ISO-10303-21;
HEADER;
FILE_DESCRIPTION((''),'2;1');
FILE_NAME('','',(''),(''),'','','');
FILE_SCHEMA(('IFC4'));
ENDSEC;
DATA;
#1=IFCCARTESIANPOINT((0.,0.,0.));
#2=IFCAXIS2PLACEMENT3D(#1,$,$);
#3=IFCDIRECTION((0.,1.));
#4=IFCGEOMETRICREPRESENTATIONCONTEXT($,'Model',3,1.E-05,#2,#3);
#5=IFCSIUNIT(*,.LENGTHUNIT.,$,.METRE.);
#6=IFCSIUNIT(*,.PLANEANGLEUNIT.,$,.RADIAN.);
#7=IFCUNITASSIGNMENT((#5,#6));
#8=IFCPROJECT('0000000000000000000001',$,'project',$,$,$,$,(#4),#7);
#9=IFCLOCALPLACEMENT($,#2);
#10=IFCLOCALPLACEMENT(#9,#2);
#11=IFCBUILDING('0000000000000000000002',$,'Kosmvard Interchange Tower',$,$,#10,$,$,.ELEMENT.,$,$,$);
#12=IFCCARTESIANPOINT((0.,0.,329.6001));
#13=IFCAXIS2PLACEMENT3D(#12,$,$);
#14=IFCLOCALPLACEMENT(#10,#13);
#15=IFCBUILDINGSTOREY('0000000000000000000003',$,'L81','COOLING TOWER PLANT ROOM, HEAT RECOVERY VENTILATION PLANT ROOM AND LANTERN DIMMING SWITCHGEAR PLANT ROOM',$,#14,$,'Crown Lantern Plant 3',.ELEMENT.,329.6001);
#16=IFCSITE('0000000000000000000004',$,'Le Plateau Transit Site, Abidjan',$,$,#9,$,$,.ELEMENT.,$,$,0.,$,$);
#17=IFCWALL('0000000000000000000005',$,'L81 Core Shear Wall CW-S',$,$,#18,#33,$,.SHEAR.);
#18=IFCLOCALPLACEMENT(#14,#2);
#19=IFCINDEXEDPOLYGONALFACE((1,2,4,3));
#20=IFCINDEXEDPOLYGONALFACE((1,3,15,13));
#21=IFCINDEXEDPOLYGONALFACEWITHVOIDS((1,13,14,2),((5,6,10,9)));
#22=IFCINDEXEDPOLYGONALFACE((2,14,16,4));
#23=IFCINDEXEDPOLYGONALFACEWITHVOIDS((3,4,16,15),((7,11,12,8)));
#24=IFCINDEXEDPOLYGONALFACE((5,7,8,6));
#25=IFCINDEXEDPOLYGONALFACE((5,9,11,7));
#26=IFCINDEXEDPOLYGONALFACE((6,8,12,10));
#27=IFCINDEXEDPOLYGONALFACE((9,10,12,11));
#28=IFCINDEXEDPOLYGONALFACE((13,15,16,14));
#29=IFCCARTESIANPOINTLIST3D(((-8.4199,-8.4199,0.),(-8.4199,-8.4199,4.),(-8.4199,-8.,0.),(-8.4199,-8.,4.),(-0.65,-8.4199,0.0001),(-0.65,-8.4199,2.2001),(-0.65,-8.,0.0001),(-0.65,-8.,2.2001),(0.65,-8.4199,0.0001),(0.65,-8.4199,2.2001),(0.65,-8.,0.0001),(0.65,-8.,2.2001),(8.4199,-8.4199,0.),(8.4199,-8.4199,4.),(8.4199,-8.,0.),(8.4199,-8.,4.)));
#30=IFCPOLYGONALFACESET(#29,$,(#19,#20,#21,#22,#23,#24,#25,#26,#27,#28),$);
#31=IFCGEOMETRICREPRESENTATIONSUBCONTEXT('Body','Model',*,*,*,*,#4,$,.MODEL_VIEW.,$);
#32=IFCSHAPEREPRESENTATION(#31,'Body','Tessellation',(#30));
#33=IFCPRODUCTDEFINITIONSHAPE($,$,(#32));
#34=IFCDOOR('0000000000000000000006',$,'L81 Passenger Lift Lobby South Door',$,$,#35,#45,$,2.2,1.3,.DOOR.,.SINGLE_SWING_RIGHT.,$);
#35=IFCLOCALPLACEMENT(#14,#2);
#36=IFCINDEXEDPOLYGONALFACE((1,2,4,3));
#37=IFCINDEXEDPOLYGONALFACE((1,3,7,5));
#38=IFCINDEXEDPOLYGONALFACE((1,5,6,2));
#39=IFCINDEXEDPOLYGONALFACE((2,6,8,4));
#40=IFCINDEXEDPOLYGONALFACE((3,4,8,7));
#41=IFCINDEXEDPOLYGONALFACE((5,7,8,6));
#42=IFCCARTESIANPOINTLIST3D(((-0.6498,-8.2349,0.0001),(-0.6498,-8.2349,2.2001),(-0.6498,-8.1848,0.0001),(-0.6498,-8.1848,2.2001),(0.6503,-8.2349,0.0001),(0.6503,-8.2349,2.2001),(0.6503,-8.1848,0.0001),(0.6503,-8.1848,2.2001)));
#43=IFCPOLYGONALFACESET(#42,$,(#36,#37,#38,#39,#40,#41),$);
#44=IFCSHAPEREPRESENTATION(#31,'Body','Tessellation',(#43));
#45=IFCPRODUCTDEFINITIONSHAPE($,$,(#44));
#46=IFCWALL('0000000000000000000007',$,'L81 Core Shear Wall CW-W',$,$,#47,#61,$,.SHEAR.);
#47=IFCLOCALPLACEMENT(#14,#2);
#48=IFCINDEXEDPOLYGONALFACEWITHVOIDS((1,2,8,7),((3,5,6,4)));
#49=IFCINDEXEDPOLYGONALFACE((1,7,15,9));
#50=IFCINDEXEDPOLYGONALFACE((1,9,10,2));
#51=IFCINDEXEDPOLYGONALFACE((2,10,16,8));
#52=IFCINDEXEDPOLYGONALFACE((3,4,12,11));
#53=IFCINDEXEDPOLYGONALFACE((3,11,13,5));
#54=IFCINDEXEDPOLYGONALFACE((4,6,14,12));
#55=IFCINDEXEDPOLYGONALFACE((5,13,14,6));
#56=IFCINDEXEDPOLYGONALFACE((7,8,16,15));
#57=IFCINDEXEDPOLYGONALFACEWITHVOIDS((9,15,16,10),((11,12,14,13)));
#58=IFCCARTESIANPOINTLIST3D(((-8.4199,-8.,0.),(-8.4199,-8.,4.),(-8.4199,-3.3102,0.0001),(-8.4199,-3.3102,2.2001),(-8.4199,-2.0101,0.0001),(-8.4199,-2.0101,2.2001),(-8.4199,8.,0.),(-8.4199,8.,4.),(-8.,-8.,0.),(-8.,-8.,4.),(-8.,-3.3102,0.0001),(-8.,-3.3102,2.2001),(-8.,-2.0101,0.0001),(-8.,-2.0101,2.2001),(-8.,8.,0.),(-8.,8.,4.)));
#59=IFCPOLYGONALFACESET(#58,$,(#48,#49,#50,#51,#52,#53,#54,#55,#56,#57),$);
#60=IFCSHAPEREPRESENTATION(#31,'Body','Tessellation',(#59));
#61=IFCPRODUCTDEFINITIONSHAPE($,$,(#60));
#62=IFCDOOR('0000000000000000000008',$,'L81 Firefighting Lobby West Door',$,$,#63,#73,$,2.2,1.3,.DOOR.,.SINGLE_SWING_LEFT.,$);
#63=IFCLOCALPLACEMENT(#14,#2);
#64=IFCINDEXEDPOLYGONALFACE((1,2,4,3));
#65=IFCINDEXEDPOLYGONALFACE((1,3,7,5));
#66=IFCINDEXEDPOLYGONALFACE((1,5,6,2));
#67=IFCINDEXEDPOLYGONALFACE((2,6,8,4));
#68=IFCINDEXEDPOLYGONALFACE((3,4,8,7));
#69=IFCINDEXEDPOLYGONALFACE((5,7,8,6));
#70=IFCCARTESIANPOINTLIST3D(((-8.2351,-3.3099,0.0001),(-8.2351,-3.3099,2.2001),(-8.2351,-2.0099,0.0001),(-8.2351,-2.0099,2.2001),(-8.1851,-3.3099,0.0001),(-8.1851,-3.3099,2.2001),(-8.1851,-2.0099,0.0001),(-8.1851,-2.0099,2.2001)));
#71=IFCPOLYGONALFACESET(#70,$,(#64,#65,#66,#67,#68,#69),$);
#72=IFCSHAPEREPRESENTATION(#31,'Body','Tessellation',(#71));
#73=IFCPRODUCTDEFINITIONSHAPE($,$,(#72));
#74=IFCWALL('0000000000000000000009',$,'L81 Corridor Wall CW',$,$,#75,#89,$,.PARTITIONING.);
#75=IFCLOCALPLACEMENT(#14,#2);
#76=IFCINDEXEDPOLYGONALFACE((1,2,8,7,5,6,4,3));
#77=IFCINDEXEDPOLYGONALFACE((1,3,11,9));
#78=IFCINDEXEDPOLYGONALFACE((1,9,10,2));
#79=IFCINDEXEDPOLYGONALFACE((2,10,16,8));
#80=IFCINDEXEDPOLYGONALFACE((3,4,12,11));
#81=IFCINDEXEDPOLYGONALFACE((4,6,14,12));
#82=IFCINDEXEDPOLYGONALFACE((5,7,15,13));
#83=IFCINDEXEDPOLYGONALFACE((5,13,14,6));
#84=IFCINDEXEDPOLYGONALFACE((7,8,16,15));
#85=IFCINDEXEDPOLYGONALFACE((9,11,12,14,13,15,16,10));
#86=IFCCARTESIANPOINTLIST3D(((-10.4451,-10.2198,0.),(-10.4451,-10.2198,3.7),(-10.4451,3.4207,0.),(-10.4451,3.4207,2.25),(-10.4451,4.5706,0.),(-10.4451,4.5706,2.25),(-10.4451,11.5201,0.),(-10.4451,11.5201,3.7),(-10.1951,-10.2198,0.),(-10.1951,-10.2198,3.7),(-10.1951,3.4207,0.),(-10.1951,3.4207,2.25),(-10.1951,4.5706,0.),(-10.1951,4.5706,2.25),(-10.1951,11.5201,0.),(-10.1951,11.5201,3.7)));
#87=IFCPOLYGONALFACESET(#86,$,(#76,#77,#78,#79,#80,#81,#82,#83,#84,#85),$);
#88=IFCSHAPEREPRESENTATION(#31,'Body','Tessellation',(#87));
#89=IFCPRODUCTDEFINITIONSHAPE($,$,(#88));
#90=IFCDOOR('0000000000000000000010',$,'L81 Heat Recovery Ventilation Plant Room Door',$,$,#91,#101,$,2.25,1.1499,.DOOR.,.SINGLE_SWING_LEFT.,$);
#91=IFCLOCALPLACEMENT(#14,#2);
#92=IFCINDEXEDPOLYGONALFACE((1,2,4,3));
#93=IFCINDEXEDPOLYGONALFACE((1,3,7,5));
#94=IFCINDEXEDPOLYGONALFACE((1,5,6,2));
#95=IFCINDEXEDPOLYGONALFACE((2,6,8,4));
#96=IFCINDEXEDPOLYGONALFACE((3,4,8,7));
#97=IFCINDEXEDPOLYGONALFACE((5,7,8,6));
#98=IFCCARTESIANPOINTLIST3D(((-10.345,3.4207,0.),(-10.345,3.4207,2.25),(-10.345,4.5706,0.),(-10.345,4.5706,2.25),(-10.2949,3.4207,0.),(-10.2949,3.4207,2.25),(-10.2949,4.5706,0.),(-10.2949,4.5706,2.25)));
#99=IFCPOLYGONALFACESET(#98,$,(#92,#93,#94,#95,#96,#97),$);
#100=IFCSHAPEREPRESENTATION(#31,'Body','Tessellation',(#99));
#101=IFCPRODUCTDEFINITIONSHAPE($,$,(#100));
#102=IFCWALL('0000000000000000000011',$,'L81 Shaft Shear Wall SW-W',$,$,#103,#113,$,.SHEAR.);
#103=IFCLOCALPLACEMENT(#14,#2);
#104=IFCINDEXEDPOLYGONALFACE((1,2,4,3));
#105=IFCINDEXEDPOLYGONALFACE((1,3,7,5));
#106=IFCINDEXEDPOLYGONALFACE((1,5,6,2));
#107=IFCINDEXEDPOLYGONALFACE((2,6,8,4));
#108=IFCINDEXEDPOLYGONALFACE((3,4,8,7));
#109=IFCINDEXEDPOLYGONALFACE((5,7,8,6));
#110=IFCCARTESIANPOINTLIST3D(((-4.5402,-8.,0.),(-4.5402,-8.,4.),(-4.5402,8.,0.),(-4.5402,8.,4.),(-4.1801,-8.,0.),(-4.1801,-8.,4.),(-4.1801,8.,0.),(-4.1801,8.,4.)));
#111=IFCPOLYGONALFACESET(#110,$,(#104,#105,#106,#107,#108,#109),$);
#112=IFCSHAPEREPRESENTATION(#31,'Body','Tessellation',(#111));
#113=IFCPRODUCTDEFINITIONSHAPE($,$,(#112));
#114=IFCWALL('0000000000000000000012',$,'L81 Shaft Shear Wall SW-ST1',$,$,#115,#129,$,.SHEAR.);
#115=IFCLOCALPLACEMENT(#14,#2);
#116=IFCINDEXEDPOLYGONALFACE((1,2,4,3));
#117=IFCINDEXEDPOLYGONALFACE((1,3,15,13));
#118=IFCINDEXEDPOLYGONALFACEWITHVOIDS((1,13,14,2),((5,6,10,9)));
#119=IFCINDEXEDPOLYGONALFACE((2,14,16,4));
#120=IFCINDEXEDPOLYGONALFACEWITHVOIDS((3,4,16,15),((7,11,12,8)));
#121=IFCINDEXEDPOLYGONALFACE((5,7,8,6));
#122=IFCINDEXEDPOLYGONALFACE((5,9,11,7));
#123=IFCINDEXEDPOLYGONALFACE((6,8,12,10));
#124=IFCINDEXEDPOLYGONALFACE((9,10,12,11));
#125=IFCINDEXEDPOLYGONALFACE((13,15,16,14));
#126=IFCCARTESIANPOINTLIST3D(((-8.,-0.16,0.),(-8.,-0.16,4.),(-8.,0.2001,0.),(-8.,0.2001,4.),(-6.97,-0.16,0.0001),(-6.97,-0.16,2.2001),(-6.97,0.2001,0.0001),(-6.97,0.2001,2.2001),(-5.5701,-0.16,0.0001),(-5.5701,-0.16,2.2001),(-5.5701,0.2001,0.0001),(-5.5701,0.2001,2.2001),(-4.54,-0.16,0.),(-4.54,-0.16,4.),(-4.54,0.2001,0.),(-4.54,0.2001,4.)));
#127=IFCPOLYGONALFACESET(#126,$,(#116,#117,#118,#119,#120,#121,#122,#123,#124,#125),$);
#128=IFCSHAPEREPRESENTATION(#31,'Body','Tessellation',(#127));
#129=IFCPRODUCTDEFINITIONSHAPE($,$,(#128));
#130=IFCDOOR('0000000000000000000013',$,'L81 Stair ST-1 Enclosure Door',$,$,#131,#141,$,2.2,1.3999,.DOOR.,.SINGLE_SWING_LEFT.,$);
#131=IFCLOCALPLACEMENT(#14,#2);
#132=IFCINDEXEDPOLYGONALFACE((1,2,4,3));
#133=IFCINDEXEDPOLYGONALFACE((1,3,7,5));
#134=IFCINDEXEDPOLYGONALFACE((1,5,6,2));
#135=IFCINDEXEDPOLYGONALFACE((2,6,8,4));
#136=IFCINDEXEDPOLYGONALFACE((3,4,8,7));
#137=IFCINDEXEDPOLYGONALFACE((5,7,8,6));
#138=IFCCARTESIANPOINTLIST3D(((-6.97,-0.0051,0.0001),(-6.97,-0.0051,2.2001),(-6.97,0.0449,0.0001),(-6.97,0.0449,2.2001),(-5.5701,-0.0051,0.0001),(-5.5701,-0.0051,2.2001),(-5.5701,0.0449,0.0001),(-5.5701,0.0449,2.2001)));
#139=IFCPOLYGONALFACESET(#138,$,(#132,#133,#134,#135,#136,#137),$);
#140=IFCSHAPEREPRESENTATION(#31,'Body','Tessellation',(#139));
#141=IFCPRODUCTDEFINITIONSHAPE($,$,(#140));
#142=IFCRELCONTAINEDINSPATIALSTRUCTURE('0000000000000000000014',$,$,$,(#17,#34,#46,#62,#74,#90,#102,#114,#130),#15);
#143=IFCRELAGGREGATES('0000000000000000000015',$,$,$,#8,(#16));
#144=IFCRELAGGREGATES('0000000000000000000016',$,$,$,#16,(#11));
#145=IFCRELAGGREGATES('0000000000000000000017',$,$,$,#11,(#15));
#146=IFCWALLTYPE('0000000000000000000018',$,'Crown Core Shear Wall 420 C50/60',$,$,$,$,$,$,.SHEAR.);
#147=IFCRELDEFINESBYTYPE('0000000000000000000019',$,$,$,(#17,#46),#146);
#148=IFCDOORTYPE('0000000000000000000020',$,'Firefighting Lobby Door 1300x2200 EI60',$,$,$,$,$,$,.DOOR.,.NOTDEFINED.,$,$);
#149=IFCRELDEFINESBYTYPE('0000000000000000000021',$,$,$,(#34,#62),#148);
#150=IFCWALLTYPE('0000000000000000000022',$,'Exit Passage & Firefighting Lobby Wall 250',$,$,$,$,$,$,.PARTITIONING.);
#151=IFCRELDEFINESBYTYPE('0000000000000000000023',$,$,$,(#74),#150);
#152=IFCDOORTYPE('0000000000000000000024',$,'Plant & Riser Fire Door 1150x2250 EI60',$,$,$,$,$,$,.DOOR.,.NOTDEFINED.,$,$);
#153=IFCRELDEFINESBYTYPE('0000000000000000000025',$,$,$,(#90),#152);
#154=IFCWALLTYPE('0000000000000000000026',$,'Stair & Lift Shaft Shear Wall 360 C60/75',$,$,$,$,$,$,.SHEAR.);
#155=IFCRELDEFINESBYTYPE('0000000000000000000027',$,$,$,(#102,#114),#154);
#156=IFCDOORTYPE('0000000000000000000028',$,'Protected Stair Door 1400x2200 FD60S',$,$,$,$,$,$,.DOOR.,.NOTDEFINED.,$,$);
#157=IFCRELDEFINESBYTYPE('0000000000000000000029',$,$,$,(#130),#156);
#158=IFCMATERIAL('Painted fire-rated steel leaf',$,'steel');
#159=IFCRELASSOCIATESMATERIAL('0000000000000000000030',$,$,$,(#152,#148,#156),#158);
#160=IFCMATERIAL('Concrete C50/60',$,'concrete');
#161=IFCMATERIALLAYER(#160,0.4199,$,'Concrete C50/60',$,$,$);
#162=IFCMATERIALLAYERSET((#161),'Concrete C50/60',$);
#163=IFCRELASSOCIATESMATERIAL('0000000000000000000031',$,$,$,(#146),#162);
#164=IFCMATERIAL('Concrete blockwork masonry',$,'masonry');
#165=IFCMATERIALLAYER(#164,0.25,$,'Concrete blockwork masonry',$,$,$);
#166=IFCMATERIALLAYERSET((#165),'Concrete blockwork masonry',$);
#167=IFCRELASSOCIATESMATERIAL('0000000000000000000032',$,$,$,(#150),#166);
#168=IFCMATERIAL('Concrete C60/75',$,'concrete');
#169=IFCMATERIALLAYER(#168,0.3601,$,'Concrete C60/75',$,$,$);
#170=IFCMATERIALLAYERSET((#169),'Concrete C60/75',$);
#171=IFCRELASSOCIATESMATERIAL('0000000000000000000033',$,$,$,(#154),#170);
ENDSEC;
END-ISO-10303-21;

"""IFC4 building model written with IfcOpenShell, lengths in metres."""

from ifc_helpers import new_model, si_unit, direction, frame, frame_2d, origin, place, context, subcontext, project, spatial, rectangle, extrude, source, transform, mapped, material, layer, layer_set, type_object, element, fill, save


model = new_model("IFC4")

# Units and contexts
model_context = context("Model", 3, precision=1e-05, world=origin(), true_north=direction((0.0, 1.0)))
body_context = subcontext(model_context, "Body", "Model", "MODEL_VIEW")
ifc_project = project(units=[si_unit("LENGTHUNIT", "METRE"), si_unit("PLANEANGLEUNIT", "RADIAN")], contexts=[model_context])

# Site, building, storey
site_placement = place(None, origin())
site = spatial("IfcSite", under=ifc_project, at=site_placement, Name="Le Plateau Transit Site, Abidjan", CompositionType="ELEMENT", RefElevation=0.0)
building_placement = place(site_placement, origin())
building = spatial("IfcBuilding", under=site, at=building_placement, Name="Kosmvard Interchange Tower", CompositionType="ELEMENT")
storey_placement = place(building_placement, frame((0.0, 0.0, 329.6001)))
storey = spatial("IfcBuildingStorey", under=building, at=storey_placement, Name="L81", Description="COOLING TOWER PLANT ROOM, HEAT RECOVERY VENTILATION PLANT ROOM AND LANTERN DIMMING SWITCHGEAR PLANT ROOM", LongName="Crown Lantern Plant 3", CompositionType="ELEMENT", Elevation=329.6001)

# Shared definitions
ifc_material_1 = material(Name="Concrete C50/60", Category="concrete")

# Shared definitions
ifc_material_2 = material(Name="Painted fire-rated steel leaf", Category="steel")
door_type_1 = type_object("IfcDoorType", Name="Plant & Riser Fire Door 1150x2250 EI60", OperationType="NOTDEFINED", PredefinedType="DOOR", material=ifc_material_2)
shared_shape_1 = source(origin(), body_context, "Body", "SweptSolid", [
    extrude(rectangle(XDim=1.1499, YDim=2.25, at=frame_2d((0.575, 1.125))), frame((0.0, 0.0249, 0.0), z_axis=(0.0, -1.0, 0.0), x_axis=(1.0, 0.0, 0.0)), (0.0, 0.0, 1.0), 0.05),
])

# Walls, openings, doors
ifc_layer_1 = layer(ifc_material_1, 0.4199, Name="Concrete C50/60")
ifc_layer_set_1 = layer_set([ifc_layer_1], Name="Concrete C50/60")
wall_type_1 = type_object("IfcWallType", Name="Crown Core Shear Wall 420 C50/60", PredefinedType="SHEAR", material=ifc_layer_set_1)
wall_1_placement = place(storey_placement, frame((-8.4199, -8.21, 0.0), z_axis=(0.0, 0.0, 1.0), x_axis=(1.0, 0.0, 0.0)))
wall_1 = element("IfcWall", 1, at=wall_1_placement, inside=storey, type_object=wall_type_1, Name="L81 Core Shear Wall CW-S", PredefinedType="SHEAR", context=body_context, shape_type="SweptSolid", body=[
    extrude(rectangle(XDim=16.8398, YDim=0.4199, at=frame_2d((8.4199, 0.0))), origin(), (0.0, 0.0, 1.0), 4.0),
])
opening_1_placement = place(wall_1_placement, frame((7.77, 0.0, 0.0)))
opening_1 = element("IfcOpeningElement", 2, at=opening_1_placement, cuts=wall_1, PredefinedType="OPENING", context=body_context, shape_type="SweptSolid", body=[
    extrude(rectangle(XDim=1.3, YDim=2.2, at=frame_2d((0.6499, 1.1001))), frame((0.0, 0.22, 0.0), z_axis=(0.0, -1.0, 0.0), x_axis=(1.0, 0.0, 0.0)), (0.0, 0.0, 1.0), 0.4399),
])
door_type_2 = type_object("IfcDoorType", Name="Firefighting Lobby Door 1300x2200 EI60", OperationType="NOTDEFINED", PredefinedType="DOOR", material=ifc_material_2)
shared_shape_2 = source(origin(), body_context, "Body", "SweptSolid", [
    extrude(rectangle(XDim=1.3, YDim=2.2, at=frame_2d((0.6499, 1.1001))), frame((0.0, 0.0249, 0.0), z_axis=(0.0, -1.0, 0.0), x_axis=(1.0, 0.0, 0.0)), (0.0, 0.0, 1.0), 0.05),
])
door_1_placement = place(opening_1_placement, frame((1.3, 0.0, 0.0), z_axis=(0.0, 0.0, 1.0), x_axis=(-1.0, 0.0, 0.0)))
door_1 = element("IfcDoor", 3, at=door_1_placement, inside=storey, type_object=door_type_2, Name="L81 Passenger Lift Lobby South Door", OperationType="SINGLE_SWING_RIGHT", OverallHeight=2.2, OverallWidth=1.3, PredefinedType="DOOR", context=body_context, shape_type="MappedRepresentation", body=[
    mapped(shared_shape_2, transform((0.0, 0.0, 0.0), scale=1.0)),
])
fill(opening_1, door_1)
wall_2_placement = place(storey_placement, frame((-8.21, -8.0, 0.0), z_axis=(0.0, 0.0, 1.0), x_axis=(0.0, 1.0, 0.0)))
wall_2 = element("IfcWall", 4, at=wall_2_placement, inside=storey, type_object=wall_type_1, Name="L81 Core Shear Wall CW-W", PredefinedType="SHEAR", context=body_context, shape_type="SweptSolid", body=[
    extrude(rectangle(XDim=16.0, YDim=0.4199, at=frame_2d((8.0, 0.0))), origin(), (0.0, 0.0, 1.0), 4.0),
])
opening_2_placement = place(wall_2_placement, frame((4.6899, 0.0, 0.0)))
opening_2 = element("IfcOpeningElement", 5, at=opening_2_placement, cuts=wall_2, PredefinedType="OPENING", context=body_context, shape_type="SweptSolid", body=[
    extrude(rectangle(XDim=1.3, YDim=2.2, at=frame_2d((0.6499, 1.1001))), frame((0.0, 0.22, 0.0), z_axis=(0.0, -1.0, 0.0), x_axis=(1.0, 0.0, 0.0)), (0.0, 0.0, 1.0), 0.4399),
])
door_2_placement = place(opening_2_placement, frame((1.3, 0.0, 0.0), z_axis=(0.0, 0.0, 1.0), x_axis=(-1.0, 0.0, 0.0)))
door_2 = element("IfcDoor", 6, at=door_2_placement, inside=storey, type_object=door_type_2, Name="L81 Firefighting Lobby West Door", OperationType="SINGLE_SWING_LEFT", OverallHeight=2.2, OverallWidth=1.3, PredefinedType="DOOR", context=body_context, shape_type="MappedRepresentation", body=[
    mapped(shared_shape_2, transform((0.0, 0.0, 0.0), scale=1.0)),
])
fill(opening_2, door_2)
ifc_material_3 = material(Name="Concrete blockwork masonry", Category="masonry")
ifc_layer_2 = layer(ifc_material_3, 0.25, Name="Concrete blockwork masonry")
ifc_layer_set_2 = layer_set([ifc_layer_2], Name="Concrete blockwork masonry")
wall_type_2 = type_object("IfcWallType", Name="Exit Passage & Firefighting Lobby Wall 250", PredefinedType="PARTITIONING", material=ifc_layer_set_2)
wall_3_placement = place(storey_placement, frame((-10.3201, -10.22, 0.0), z_axis=(0.0, 0.0, 1.0), x_axis=(0.0, 1.0, 0.0)))
wall_3 = element("IfcWall", 7, at=wall_3_placement, inside=storey, type_object=wall_type_2, Name="L81 Corridor Wall CW", PredefinedType="PARTITIONING", context=body_context, shape_type="SweptSolid", body=[
    extrude(rectangle(XDim=21.74, YDim=0.25, at=frame_2d((10.8701, 0.0))), origin(), (0.0, 0.0, 1.0), 3.7),
])
opening_3_placement = place(wall_3_placement, frame((13.6406, 0.0, 0.0)))
opening_3 = element("IfcOpeningElement", 8, at=opening_3_placement, cuts=wall_3, PredefinedType="OPENING", context=body_context, shape_type="SweptSolid", body=[
    extrude(rectangle(XDim=1.1499, YDim=2.25, at=frame_2d((0.575, 1.125))), frame((0.0, 0.135, 0.0), z_axis=(0.0, -1.0, 0.0), x_axis=(1.0, 0.0, 0.0)), (0.0, 0.0, 1.0), 0.27),
])
door_3_placement = place(opening_3_placement, origin())
door_3 = element("IfcDoor", 9, at=door_3_placement, inside=storey, type_object=door_type_1, Name="L81 Heat Recovery Ventilation Plant Room Door", OperationType="SINGLE_SWING_LEFT", OverallHeight=2.25, OverallWidth=1.1499, PredefinedType="DOOR", context=body_context, shape_type="MappedRepresentation", body=[
    mapped(shared_shape_1, transform((0.0, 0.0, 0.0), scale=1.0)),
])
fill(opening_3, door_3)

# Wall
ifc_material_4 = material(Name="Concrete C60/75", Category="concrete")
ifc_layer_3 = layer(ifc_material_4, 0.3601, Name="Concrete C60/75")
ifc_layer_set_3 = layer_set([ifc_layer_3], Name="Concrete C60/75")
wall_type_3 = type_object("IfcWallType", Name="Stair & Lift Shaft Shear Wall 360 C60/75", PredefinedType="SHEAR", material=ifc_layer_set_3)
wall_4_placement = place(storey_placement, frame((-4.3601, -8.0, 0.0), z_axis=(0.0, 0.0, 1.0), x_axis=(0.0, 1.0, 0.0)))
element("IfcWall", 10, at=wall_4_placement, inside=storey, type_object=wall_type_3, Name="L81 Shaft Shear Wall SW-W", PredefinedType="SHEAR", context=body_context, shape_type="SweptSolid", body=[
    extrude(rectangle(XDim=16.0, YDim=0.3601, at=frame_2d((8.0, 0.0))), origin(), (0.0, 0.0, 1.0), 4.0),
])

# Wall, opening, door
wall_5_placement = place(storey_placement, frame((-8.0, 0.02, 0.0), z_axis=(0.0, 0.0, 1.0), x_axis=(1.0, 0.0, 0.0)))
wall_5 = element("IfcWall", 11, at=wall_5_placement, inside=storey, type_object=wall_type_3, Name="L81 Shaft Shear Wall SW-ST1", PredefinedType="SHEAR", context=body_context, shape_type="SweptSolid", body=[
    extrude(rectangle(XDim=3.46, YDim=0.3601, at=frame_2d((1.73, 0.0))), origin(), (0.0, 0.0, 1.0), 4.0),
])
opening_4_placement = place(wall_5_placement, frame((1.03, 0.0, 0.0)))
opening_4 = element("IfcOpeningElement", 12, at=opening_4_placement, cuts=wall_5, PredefinedType="OPENING", context=body_context, shape_type="SweptSolid", body=[
    extrude(rectangle(XDim=1.3999, YDim=2.2, at=frame_2d((0.7, 1.1001))), frame((0.0, 0.1899, 0.0), z_axis=(0.0, -1.0, 0.0), x_axis=(1.0, 0.0, 0.0)), (0.0, 0.0, 1.0), 0.3801),
])
door_type_3 = type_object("IfcDoorType", Name="Protected Stair Door 1400x2200 FD60S", OperationType="NOTDEFINED", PredefinedType="DOOR", material=ifc_material_2)
shared_shape_3 = source(origin(), body_context, "Body", "SweptSolid", [
    extrude(rectangle(XDim=1.3999, YDim=2.2, at=frame_2d((0.7, 1.1001))), frame((0.0, 0.0249, 0.0), z_axis=(0.0, -1.0, 0.0), x_axis=(1.0, 0.0, 0.0)), (0.0, 0.0, 1.0), 0.05),
])
door_4_placement = place(opening_4_placement, origin())
door_4 = element("IfcDoor", 13, at=door_4_placement, inside=storey, type_object=door_type_3, Name="L81 Stair ST-1 Enclosure Door", OperationType="SINGLE_SWING_LEFT", OverallHeight=2.2, OverallWidth=1.3999, PredefinedType="DOOR", context=body_context, shape_type="MappedRepresentation", body=[
    mapped(shared_shape_3, transform((0.0, 0.0, 0.0), scale=1.0)),
])
fill(opening_4, door_4)

save(model, "model.ifc")
